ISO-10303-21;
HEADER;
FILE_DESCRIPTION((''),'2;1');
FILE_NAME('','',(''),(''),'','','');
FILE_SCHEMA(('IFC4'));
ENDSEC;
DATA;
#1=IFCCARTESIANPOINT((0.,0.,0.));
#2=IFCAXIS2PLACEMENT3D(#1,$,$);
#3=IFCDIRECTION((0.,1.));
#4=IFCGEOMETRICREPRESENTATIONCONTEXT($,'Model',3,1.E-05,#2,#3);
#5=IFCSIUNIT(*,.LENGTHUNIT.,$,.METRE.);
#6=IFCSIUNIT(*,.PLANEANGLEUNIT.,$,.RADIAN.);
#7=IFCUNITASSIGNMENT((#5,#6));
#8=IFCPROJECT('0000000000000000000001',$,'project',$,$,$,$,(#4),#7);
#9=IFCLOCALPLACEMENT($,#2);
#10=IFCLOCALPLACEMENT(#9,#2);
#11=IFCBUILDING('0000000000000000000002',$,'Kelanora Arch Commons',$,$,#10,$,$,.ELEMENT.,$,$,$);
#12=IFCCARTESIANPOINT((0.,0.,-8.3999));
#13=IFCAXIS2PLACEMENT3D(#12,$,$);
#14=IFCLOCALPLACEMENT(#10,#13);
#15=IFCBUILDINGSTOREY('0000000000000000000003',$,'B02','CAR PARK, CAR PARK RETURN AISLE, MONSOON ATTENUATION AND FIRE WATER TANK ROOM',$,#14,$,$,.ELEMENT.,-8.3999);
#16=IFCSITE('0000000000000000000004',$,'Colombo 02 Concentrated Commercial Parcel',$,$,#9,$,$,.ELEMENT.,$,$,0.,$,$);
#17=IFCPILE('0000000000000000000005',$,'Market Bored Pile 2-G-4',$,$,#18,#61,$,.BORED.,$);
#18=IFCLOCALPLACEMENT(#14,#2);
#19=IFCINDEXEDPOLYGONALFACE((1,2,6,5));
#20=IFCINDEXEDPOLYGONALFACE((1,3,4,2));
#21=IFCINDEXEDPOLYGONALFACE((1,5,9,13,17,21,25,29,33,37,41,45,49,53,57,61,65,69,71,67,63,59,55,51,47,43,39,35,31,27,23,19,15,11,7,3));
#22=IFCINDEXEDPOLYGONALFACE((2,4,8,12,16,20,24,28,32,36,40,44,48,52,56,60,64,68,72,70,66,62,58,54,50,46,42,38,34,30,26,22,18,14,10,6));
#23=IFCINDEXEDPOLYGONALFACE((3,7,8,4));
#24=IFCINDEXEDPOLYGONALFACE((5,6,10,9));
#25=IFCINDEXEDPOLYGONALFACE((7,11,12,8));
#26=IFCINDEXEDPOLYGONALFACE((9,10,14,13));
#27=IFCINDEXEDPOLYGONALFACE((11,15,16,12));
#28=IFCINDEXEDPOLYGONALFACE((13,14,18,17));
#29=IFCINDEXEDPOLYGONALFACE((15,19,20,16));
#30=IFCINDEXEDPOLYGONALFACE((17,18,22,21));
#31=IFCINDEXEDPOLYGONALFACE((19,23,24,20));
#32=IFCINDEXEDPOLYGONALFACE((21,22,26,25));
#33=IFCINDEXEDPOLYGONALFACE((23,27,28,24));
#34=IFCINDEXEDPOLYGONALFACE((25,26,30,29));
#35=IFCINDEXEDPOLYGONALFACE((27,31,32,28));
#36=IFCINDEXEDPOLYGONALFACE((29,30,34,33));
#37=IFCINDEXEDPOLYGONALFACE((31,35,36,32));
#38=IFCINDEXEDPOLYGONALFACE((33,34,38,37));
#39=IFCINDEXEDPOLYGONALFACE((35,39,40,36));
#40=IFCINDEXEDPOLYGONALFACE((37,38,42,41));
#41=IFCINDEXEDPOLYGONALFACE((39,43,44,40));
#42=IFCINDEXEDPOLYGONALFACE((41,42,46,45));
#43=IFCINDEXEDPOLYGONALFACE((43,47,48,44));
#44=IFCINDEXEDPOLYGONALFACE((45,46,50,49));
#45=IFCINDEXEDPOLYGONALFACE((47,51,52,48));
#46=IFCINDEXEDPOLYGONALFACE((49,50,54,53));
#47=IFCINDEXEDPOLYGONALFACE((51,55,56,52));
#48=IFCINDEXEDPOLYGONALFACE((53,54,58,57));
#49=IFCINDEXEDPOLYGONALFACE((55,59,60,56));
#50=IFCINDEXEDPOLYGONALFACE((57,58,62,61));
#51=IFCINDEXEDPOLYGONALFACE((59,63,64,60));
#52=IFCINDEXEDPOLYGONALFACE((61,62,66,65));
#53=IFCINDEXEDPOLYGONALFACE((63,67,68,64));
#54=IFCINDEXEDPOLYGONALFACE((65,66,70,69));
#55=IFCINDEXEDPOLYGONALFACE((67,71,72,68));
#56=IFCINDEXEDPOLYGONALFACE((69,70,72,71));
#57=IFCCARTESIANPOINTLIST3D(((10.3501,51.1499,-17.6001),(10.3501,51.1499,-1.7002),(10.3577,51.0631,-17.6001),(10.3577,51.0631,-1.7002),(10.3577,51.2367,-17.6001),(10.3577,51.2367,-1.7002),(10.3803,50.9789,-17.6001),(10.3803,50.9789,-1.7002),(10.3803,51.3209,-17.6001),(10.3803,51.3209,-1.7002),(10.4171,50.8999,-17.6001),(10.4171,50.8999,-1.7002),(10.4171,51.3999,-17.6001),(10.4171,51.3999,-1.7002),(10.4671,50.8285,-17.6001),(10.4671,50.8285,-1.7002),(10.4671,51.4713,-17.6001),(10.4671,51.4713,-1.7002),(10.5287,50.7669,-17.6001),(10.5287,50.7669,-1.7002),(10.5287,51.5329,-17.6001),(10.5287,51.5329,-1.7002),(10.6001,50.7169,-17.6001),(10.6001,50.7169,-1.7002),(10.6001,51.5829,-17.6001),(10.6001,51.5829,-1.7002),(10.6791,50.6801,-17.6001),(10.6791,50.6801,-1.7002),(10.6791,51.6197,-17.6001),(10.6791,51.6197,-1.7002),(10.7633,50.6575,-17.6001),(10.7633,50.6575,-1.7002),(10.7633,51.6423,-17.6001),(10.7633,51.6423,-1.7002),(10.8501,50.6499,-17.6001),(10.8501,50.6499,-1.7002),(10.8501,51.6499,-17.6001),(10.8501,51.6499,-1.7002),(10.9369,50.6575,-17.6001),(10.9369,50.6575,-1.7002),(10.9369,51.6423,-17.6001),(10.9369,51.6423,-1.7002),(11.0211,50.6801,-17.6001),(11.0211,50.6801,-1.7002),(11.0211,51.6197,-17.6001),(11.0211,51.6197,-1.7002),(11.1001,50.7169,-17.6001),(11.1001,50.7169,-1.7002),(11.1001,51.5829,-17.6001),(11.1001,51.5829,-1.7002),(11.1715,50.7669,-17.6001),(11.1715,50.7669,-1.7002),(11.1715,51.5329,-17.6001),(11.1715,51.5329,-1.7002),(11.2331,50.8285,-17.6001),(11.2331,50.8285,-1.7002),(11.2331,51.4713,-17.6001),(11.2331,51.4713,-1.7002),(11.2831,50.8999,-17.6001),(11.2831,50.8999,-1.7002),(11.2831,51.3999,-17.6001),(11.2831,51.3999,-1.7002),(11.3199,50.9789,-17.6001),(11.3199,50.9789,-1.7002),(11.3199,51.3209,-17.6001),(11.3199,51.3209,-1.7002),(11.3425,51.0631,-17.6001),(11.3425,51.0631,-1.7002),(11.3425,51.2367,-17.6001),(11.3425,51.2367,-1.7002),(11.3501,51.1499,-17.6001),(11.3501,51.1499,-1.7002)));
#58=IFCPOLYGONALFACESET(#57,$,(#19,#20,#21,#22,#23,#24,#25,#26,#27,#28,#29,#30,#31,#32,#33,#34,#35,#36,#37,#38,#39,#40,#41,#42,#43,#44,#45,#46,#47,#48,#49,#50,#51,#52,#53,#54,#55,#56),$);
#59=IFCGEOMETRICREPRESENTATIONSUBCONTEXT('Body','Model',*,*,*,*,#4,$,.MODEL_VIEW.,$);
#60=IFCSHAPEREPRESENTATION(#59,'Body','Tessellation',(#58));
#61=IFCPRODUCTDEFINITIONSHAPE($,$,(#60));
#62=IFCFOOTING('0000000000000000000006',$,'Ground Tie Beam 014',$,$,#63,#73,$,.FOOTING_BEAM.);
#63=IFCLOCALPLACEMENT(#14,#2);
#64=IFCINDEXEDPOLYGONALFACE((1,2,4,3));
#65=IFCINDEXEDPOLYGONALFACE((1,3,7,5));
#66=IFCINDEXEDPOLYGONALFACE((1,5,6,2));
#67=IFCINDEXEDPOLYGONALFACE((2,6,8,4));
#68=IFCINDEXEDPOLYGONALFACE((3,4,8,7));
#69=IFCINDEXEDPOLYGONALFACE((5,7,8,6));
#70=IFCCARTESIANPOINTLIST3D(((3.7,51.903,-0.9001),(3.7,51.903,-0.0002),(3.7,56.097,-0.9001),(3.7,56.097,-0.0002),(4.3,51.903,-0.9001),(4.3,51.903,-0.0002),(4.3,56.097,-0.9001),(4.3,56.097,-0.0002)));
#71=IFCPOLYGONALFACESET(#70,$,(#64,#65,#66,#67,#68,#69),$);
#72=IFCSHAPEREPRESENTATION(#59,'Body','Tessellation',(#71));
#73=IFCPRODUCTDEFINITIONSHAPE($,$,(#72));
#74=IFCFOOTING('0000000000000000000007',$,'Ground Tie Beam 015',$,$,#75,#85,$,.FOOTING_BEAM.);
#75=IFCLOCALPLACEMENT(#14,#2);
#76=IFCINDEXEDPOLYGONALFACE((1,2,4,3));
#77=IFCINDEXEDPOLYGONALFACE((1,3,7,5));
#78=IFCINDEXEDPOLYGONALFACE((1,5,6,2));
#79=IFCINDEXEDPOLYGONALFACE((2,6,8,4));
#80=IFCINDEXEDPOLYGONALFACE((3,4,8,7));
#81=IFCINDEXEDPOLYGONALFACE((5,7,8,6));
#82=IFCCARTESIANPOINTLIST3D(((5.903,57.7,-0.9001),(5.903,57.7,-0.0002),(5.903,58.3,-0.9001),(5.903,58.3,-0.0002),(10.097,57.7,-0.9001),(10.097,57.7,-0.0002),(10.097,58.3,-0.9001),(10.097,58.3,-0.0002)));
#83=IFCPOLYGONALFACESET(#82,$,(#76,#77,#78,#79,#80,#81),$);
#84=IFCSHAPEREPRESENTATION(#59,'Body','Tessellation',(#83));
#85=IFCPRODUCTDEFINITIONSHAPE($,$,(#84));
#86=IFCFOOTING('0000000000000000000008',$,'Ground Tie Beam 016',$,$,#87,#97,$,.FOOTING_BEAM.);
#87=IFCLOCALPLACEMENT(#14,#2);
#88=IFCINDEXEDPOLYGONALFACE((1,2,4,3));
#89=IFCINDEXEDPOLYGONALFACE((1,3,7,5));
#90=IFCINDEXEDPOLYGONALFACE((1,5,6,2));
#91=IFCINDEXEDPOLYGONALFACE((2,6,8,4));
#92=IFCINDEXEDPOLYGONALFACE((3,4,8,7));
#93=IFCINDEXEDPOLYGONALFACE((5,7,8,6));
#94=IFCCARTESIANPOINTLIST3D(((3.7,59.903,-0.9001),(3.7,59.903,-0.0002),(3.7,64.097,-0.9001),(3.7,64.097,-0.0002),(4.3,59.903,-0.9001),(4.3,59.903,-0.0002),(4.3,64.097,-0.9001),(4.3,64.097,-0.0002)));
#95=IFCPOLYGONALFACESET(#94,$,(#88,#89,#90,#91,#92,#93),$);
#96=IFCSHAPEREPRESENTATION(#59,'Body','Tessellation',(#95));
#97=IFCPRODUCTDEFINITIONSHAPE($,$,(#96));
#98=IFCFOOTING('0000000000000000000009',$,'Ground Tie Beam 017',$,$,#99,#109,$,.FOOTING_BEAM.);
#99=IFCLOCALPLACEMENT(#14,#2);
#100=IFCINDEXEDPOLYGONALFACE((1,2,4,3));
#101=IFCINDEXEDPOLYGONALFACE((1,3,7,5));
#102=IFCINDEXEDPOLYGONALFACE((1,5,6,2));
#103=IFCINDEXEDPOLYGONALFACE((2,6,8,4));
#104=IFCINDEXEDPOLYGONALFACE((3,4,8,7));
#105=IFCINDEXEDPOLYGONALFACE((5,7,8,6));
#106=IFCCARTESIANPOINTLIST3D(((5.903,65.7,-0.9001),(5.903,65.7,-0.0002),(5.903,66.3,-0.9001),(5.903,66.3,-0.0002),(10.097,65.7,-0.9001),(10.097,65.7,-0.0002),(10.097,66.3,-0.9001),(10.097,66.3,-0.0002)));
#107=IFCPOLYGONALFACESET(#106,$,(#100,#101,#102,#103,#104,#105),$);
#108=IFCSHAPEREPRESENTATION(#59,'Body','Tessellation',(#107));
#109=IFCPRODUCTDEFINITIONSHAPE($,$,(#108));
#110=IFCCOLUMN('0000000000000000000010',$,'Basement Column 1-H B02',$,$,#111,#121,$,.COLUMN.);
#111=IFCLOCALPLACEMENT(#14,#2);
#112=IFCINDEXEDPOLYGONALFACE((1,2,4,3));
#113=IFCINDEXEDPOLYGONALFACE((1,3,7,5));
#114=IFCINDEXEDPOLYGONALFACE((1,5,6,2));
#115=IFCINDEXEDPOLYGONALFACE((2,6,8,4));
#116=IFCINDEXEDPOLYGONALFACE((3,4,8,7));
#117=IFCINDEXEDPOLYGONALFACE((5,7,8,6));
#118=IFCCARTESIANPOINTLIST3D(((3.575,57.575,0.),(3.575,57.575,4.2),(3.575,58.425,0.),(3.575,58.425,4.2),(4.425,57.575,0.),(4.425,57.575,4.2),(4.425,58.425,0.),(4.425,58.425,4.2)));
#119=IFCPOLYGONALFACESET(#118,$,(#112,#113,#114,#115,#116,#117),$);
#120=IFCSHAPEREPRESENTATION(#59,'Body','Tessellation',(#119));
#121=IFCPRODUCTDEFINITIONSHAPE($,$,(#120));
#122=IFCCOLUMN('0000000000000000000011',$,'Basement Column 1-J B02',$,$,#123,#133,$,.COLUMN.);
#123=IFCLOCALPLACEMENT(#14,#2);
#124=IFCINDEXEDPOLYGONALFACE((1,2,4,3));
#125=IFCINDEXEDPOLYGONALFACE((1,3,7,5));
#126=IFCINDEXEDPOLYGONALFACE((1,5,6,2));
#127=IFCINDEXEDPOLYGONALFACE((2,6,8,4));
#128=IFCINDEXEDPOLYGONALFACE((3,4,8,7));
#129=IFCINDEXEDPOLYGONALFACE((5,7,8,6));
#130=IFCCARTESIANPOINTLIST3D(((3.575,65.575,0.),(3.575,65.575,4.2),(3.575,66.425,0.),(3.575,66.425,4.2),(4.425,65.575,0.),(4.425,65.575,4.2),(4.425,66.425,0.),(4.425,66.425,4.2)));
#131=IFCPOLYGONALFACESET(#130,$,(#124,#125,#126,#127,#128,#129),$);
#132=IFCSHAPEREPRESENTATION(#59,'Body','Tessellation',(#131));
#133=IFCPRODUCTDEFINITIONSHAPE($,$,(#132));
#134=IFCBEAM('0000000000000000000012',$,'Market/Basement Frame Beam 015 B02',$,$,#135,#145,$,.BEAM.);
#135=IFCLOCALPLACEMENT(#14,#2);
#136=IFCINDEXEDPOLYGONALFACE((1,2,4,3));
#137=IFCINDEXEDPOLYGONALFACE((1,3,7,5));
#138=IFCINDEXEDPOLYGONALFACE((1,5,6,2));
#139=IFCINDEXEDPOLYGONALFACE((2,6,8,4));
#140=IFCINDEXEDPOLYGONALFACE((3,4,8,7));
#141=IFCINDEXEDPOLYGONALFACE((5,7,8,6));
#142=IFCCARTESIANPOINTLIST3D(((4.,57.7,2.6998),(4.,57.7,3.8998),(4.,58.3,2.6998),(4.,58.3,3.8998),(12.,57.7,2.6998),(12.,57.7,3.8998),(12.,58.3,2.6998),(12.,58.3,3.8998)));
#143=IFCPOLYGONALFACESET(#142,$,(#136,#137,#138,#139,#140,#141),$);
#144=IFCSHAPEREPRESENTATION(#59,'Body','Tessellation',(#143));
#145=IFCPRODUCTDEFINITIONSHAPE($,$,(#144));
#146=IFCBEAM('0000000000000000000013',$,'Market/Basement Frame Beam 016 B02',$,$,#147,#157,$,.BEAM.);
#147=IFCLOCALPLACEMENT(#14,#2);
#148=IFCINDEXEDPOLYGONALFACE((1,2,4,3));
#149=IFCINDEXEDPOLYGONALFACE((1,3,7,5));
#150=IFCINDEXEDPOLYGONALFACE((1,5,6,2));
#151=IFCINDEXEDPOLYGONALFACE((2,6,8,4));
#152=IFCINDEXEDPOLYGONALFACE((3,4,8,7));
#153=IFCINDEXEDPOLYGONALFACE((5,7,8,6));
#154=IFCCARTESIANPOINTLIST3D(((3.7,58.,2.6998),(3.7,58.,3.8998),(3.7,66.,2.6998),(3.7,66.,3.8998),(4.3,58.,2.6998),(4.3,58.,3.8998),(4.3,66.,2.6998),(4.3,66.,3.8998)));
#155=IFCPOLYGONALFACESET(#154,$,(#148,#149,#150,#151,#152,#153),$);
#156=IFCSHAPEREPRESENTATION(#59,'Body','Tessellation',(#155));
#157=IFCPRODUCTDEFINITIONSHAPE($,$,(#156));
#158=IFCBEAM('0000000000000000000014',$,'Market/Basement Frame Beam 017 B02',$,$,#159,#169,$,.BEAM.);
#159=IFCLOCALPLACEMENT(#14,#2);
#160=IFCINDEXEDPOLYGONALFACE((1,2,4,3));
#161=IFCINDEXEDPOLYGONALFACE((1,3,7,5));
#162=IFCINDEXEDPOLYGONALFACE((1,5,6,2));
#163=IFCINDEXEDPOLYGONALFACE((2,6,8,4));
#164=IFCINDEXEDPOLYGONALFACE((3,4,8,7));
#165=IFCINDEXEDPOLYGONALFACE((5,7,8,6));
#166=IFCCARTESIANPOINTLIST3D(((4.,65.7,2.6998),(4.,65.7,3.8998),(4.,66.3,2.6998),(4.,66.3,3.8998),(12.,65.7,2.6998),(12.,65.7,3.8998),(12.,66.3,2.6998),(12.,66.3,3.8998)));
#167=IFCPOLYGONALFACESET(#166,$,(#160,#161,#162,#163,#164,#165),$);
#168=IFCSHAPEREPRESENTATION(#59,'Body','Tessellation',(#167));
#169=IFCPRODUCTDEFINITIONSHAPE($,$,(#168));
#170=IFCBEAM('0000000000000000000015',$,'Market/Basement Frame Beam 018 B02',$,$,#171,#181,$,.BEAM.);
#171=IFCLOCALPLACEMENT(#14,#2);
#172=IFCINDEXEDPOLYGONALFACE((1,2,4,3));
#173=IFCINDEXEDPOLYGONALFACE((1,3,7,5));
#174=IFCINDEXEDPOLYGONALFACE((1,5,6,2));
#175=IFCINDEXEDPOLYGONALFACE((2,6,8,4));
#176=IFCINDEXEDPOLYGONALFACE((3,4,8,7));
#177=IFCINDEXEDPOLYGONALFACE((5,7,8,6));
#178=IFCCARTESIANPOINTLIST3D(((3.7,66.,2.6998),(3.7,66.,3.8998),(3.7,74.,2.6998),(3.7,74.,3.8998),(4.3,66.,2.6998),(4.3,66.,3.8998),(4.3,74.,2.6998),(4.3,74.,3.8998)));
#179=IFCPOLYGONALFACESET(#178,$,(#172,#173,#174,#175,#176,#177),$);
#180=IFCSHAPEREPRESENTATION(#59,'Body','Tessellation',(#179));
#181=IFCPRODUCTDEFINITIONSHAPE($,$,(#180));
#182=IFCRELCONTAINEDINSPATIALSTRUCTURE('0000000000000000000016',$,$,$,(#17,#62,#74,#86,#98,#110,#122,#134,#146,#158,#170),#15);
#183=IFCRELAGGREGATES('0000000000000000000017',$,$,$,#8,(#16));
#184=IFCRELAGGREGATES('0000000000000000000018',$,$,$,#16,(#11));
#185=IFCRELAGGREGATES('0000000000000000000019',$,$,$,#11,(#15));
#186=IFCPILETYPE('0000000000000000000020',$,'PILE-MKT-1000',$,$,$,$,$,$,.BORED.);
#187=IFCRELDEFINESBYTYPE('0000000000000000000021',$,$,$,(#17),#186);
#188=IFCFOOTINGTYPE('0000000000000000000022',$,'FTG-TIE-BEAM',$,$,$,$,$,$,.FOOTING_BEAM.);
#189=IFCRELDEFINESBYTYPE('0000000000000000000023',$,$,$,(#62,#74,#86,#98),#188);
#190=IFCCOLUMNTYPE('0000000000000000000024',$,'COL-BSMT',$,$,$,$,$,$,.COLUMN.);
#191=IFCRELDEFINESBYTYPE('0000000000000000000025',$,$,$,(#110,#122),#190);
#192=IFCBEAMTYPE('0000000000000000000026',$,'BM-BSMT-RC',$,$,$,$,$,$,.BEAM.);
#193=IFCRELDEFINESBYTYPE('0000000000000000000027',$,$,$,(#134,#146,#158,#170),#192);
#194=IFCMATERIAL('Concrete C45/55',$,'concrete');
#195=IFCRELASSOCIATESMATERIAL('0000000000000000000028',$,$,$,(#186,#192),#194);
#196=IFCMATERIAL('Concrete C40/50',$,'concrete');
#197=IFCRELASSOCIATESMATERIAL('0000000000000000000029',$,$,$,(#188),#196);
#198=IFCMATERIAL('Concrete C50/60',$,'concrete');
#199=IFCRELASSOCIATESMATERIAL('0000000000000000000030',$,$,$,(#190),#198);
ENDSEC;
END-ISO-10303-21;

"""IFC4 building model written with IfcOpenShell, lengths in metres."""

from ifc_helpers import new_model, si_unit, direction, frame, origin, origin_2d, place, context, subcontext, project, spatial, rectangle, circle, extrude, source, transform, mapped, material, material_profile, profile_set, type_object, element, save


model = new_model("IFC4")

# Units and contexts
model_context = context("Model", 3, precision=1e-05, world=origin(), true_north=direction((0.0, 1.0)))
body_context = subcontext(model_context, "Body", "Model", "MODEL_VIEW")
ifc_project = project(units=[si_unit("LENGTHUNIT", "METRE"), si_unit("PLANEANGLEUNIT", "RADIAN")], contexts=[model_context])

# Site, building, storey
site_placement = place(None, origin())
site = spatial("IfcSite", under=ifc_project, at=site_placement, Name="Colombo 02 Concentrated Commercial Parcel", CompositionType="ELEMENT", RefElevation=0.0)
building_placement = place(site_placement, origin())
building = spatial("IfcBuilding", under=site, at=building_placement, Name="Kelanora Arch Commons", CompositionType="ELEMENT")
storey_placement = place(building_placement, frame((0.0, 0.0, -8.3999)))
storey = spatial("IfcBuildingStorey", under=building, at=storey_placement, Name="B02", Description="CAR PARK, CAR PARK RETURN AISLE, MONSOON ATTENUATION AND FIRE WATER TANK ROOM", CompositionType="ELEMENT", Elevation=-8.3999)

# Shared definitions
ifc_material_1 = material(Name="Concrete C40/50", Category="concrete")

# Pile
ifc_material_2 = material(Name="Concrete C45/55", Category="concrete")
ifc_material_profile_1 = material_profile(ifc_material_2, circle(Radius=0.5, at=origin_2d()), Name="PILE1000")
ifc_profile_set_1 = profile_set([ifc_material_profile_1], Name="Concrete C45/55")
pile_type = type_object("IfcPileType", Name="PILE-MKT-1000", PredefinedType="BORED", material=ifc_profile_set_1)
shared_shape_1 = source(origin(), body_context, "Body", "SweptSolid", [
    extrude(circle(Radius=0.5, at=origin_2d()), origin(), (0.0, 0.0, 1.0), 15.8999),
])
for number, where, z_axis, x_axis, name in (
    (1, (10.8501, 51.1499, -1.7002), (0.0, 0.0, -1.0), (1.0, 0.0, 0.0), "Market Bored Pile 2-G-4"),
):
    element("IfcPile", number, at=place(storey_placement, frame(where, z_axis=z_axis, x_axis=x_axis)), inside=storey, type_object=pile_type, Name=name, PredefinedType="BORED", context=body_context, shape_type="MappedRepresentation", body=[
        mapped(shared_shape_1, transform((0.0, 0.0, 0.0), scale=1.0)),
    ])

# Footings
footing_type_1 = type_object("IfcFootingType", Name="FTG-TIE-BEAM", PredefinedType="FOOTING_BEAM", material=ifc_material_1)
shared_shape_2 = source(origin(), body_context, "Body", "SweptSolid", [
    extrude(rectangle(XDim=4.1941, YDim=0.6001, at=origin_2d()), origin(), (0.0, 0.0, 1.0), 0.8999),
])
for number, where, z_axis, x_axis, name in (
    (2, (4.0, 54.0, -0.9001), (0.0, 0.0, 1.0), (0.0, 1.0, 0.0), "Ground Tie Beam 014"),
    (3, (8.0, 58.0, -0.9001), (0.0, 0.0, 1.0), (1.0, 0.0, 0.0), "Ground Tie Beam 015"),
    (4, (4.0, 62.0, -0.9001), (0.0, 0.0, 1.0), (0.0, 1.0, 0.0), "Ground Tie Beam 016"),
    (5, (8.0, 66.0, -0.9001), (0.0, 0.0, 1.0), (1.0, 0.0, 0.0), "Ground Tie Beam 017"),
):
    element("IfcFooting", number, at=place(storey_placement, frame(where, z_axis=z_axis, x_axis=x_axis)), inside=storey, type_object=footing_type_1, Name=name, PredefinedType="FOOTING_BEAM", context=body_context, shape_type="MappedRepresentation", body=[
        mapped(shared_shape_2, transform((0.0, 0.0, 0.0), scale=1.0)),
    ])

# Columns
ifc_material_3 = material(Name="Concrete C50/60", Category="concrete")
ifc_material_profile_2 = material_profile(ifc_material_3, rectangle(XDim=0.8501, YDim=0.8501, at=origin_2d()), Name="RC850x850")
ifc_profile_set_2 = profile_set([ifc_material_profile_2], Name="Concrete C50/60")
column_type = type_object("IfcColumnType", Name="COL-BSMT", PredefinedType="COLUMN", material=ifc_profile_set_2)
for number, where, z_axis, x_axis, name in (
    (6, (4.0, 58.0, 0.0), (0.0, 0.0, 1.0), (1.0, 0.0, 0.0), "Basement Column 1-H B02"),
    (7, (4.0, 66.0, 0.0), (0.0, 0.0, 1.0), (1.0, 0.0, 0.0), "Basement Column 1-J B02"),
):
    element("IfcColumn", number, at=place(storey_placement, frame(where, z_axis=z_axis, x_axis=x_axis)), inside=storey, type_object=column_type, Name=name, PredefinedType="COLUMN", context=body_context, shape_type="SweptSolid", body=[
        extrude(rectangle(XDim=0.8501, YDim=0.8501, at=origin_2d()), origin(), (0.0, 0.0, 1.0), 4.2),
    ])

# Beams
ifc_material_profile_3 = material_profile(ifc_material_2, rectangle(XDim=0.6001, YDim=1.2, at=origin_2d()), Name="RCB600x1200")
ifc_profile_set_3 = profile_set([ifc_material_profile_3], Name="Concrete C45/55")
beam_type = type_object("IfcBeamType", Name="BM-BSMT-RC", PredefinedType="BEAM", material=ifc_profile_set_3)
for number, where, z_axis, x_axis, name in (
    (8, (4.0, 58.0, 3.2998), (1.0, 0.0, 0.0), (0.0, 1.0, 0.0), "Market/Basement Frame Beam 015 B02"),
    (9, (4.0, 58.0, 3.2998), (0.0, 1.0, 0.0), (-1.0, 0.0, 0.0), "Market/Basement Frame Beam 016 B02"),
    (10, (4.0, 66.0, 3.2998), (1.0, 0.0, 0.0), (0.0, 1.0, 0.0), "Market/Basement Frame Beam 017 B02"),
    (11, (4.0, 66.0, 3.2998), (0.0, 1.0, 0.0), (-1.0, 0.0, 0.0), "Market/Basement Frame Beam 018 B02"),
):
    element("IfcBeam", number, at=place(storey_placement, frame(where, z_axis=z_axis, x_axis=x_axis)), inside=storey, type_object=beam_type, Name=name, PredefinedType="BEAM", context=body_context, shape_type="SweptSolid", body=[
        extrude(rectangle(XDim=0.6001, YDim=1.2, at=origin_2d()), origin(), (0.0, 0.0, 1.0), 8.0),
    ])

save(model, "model.ifc")
